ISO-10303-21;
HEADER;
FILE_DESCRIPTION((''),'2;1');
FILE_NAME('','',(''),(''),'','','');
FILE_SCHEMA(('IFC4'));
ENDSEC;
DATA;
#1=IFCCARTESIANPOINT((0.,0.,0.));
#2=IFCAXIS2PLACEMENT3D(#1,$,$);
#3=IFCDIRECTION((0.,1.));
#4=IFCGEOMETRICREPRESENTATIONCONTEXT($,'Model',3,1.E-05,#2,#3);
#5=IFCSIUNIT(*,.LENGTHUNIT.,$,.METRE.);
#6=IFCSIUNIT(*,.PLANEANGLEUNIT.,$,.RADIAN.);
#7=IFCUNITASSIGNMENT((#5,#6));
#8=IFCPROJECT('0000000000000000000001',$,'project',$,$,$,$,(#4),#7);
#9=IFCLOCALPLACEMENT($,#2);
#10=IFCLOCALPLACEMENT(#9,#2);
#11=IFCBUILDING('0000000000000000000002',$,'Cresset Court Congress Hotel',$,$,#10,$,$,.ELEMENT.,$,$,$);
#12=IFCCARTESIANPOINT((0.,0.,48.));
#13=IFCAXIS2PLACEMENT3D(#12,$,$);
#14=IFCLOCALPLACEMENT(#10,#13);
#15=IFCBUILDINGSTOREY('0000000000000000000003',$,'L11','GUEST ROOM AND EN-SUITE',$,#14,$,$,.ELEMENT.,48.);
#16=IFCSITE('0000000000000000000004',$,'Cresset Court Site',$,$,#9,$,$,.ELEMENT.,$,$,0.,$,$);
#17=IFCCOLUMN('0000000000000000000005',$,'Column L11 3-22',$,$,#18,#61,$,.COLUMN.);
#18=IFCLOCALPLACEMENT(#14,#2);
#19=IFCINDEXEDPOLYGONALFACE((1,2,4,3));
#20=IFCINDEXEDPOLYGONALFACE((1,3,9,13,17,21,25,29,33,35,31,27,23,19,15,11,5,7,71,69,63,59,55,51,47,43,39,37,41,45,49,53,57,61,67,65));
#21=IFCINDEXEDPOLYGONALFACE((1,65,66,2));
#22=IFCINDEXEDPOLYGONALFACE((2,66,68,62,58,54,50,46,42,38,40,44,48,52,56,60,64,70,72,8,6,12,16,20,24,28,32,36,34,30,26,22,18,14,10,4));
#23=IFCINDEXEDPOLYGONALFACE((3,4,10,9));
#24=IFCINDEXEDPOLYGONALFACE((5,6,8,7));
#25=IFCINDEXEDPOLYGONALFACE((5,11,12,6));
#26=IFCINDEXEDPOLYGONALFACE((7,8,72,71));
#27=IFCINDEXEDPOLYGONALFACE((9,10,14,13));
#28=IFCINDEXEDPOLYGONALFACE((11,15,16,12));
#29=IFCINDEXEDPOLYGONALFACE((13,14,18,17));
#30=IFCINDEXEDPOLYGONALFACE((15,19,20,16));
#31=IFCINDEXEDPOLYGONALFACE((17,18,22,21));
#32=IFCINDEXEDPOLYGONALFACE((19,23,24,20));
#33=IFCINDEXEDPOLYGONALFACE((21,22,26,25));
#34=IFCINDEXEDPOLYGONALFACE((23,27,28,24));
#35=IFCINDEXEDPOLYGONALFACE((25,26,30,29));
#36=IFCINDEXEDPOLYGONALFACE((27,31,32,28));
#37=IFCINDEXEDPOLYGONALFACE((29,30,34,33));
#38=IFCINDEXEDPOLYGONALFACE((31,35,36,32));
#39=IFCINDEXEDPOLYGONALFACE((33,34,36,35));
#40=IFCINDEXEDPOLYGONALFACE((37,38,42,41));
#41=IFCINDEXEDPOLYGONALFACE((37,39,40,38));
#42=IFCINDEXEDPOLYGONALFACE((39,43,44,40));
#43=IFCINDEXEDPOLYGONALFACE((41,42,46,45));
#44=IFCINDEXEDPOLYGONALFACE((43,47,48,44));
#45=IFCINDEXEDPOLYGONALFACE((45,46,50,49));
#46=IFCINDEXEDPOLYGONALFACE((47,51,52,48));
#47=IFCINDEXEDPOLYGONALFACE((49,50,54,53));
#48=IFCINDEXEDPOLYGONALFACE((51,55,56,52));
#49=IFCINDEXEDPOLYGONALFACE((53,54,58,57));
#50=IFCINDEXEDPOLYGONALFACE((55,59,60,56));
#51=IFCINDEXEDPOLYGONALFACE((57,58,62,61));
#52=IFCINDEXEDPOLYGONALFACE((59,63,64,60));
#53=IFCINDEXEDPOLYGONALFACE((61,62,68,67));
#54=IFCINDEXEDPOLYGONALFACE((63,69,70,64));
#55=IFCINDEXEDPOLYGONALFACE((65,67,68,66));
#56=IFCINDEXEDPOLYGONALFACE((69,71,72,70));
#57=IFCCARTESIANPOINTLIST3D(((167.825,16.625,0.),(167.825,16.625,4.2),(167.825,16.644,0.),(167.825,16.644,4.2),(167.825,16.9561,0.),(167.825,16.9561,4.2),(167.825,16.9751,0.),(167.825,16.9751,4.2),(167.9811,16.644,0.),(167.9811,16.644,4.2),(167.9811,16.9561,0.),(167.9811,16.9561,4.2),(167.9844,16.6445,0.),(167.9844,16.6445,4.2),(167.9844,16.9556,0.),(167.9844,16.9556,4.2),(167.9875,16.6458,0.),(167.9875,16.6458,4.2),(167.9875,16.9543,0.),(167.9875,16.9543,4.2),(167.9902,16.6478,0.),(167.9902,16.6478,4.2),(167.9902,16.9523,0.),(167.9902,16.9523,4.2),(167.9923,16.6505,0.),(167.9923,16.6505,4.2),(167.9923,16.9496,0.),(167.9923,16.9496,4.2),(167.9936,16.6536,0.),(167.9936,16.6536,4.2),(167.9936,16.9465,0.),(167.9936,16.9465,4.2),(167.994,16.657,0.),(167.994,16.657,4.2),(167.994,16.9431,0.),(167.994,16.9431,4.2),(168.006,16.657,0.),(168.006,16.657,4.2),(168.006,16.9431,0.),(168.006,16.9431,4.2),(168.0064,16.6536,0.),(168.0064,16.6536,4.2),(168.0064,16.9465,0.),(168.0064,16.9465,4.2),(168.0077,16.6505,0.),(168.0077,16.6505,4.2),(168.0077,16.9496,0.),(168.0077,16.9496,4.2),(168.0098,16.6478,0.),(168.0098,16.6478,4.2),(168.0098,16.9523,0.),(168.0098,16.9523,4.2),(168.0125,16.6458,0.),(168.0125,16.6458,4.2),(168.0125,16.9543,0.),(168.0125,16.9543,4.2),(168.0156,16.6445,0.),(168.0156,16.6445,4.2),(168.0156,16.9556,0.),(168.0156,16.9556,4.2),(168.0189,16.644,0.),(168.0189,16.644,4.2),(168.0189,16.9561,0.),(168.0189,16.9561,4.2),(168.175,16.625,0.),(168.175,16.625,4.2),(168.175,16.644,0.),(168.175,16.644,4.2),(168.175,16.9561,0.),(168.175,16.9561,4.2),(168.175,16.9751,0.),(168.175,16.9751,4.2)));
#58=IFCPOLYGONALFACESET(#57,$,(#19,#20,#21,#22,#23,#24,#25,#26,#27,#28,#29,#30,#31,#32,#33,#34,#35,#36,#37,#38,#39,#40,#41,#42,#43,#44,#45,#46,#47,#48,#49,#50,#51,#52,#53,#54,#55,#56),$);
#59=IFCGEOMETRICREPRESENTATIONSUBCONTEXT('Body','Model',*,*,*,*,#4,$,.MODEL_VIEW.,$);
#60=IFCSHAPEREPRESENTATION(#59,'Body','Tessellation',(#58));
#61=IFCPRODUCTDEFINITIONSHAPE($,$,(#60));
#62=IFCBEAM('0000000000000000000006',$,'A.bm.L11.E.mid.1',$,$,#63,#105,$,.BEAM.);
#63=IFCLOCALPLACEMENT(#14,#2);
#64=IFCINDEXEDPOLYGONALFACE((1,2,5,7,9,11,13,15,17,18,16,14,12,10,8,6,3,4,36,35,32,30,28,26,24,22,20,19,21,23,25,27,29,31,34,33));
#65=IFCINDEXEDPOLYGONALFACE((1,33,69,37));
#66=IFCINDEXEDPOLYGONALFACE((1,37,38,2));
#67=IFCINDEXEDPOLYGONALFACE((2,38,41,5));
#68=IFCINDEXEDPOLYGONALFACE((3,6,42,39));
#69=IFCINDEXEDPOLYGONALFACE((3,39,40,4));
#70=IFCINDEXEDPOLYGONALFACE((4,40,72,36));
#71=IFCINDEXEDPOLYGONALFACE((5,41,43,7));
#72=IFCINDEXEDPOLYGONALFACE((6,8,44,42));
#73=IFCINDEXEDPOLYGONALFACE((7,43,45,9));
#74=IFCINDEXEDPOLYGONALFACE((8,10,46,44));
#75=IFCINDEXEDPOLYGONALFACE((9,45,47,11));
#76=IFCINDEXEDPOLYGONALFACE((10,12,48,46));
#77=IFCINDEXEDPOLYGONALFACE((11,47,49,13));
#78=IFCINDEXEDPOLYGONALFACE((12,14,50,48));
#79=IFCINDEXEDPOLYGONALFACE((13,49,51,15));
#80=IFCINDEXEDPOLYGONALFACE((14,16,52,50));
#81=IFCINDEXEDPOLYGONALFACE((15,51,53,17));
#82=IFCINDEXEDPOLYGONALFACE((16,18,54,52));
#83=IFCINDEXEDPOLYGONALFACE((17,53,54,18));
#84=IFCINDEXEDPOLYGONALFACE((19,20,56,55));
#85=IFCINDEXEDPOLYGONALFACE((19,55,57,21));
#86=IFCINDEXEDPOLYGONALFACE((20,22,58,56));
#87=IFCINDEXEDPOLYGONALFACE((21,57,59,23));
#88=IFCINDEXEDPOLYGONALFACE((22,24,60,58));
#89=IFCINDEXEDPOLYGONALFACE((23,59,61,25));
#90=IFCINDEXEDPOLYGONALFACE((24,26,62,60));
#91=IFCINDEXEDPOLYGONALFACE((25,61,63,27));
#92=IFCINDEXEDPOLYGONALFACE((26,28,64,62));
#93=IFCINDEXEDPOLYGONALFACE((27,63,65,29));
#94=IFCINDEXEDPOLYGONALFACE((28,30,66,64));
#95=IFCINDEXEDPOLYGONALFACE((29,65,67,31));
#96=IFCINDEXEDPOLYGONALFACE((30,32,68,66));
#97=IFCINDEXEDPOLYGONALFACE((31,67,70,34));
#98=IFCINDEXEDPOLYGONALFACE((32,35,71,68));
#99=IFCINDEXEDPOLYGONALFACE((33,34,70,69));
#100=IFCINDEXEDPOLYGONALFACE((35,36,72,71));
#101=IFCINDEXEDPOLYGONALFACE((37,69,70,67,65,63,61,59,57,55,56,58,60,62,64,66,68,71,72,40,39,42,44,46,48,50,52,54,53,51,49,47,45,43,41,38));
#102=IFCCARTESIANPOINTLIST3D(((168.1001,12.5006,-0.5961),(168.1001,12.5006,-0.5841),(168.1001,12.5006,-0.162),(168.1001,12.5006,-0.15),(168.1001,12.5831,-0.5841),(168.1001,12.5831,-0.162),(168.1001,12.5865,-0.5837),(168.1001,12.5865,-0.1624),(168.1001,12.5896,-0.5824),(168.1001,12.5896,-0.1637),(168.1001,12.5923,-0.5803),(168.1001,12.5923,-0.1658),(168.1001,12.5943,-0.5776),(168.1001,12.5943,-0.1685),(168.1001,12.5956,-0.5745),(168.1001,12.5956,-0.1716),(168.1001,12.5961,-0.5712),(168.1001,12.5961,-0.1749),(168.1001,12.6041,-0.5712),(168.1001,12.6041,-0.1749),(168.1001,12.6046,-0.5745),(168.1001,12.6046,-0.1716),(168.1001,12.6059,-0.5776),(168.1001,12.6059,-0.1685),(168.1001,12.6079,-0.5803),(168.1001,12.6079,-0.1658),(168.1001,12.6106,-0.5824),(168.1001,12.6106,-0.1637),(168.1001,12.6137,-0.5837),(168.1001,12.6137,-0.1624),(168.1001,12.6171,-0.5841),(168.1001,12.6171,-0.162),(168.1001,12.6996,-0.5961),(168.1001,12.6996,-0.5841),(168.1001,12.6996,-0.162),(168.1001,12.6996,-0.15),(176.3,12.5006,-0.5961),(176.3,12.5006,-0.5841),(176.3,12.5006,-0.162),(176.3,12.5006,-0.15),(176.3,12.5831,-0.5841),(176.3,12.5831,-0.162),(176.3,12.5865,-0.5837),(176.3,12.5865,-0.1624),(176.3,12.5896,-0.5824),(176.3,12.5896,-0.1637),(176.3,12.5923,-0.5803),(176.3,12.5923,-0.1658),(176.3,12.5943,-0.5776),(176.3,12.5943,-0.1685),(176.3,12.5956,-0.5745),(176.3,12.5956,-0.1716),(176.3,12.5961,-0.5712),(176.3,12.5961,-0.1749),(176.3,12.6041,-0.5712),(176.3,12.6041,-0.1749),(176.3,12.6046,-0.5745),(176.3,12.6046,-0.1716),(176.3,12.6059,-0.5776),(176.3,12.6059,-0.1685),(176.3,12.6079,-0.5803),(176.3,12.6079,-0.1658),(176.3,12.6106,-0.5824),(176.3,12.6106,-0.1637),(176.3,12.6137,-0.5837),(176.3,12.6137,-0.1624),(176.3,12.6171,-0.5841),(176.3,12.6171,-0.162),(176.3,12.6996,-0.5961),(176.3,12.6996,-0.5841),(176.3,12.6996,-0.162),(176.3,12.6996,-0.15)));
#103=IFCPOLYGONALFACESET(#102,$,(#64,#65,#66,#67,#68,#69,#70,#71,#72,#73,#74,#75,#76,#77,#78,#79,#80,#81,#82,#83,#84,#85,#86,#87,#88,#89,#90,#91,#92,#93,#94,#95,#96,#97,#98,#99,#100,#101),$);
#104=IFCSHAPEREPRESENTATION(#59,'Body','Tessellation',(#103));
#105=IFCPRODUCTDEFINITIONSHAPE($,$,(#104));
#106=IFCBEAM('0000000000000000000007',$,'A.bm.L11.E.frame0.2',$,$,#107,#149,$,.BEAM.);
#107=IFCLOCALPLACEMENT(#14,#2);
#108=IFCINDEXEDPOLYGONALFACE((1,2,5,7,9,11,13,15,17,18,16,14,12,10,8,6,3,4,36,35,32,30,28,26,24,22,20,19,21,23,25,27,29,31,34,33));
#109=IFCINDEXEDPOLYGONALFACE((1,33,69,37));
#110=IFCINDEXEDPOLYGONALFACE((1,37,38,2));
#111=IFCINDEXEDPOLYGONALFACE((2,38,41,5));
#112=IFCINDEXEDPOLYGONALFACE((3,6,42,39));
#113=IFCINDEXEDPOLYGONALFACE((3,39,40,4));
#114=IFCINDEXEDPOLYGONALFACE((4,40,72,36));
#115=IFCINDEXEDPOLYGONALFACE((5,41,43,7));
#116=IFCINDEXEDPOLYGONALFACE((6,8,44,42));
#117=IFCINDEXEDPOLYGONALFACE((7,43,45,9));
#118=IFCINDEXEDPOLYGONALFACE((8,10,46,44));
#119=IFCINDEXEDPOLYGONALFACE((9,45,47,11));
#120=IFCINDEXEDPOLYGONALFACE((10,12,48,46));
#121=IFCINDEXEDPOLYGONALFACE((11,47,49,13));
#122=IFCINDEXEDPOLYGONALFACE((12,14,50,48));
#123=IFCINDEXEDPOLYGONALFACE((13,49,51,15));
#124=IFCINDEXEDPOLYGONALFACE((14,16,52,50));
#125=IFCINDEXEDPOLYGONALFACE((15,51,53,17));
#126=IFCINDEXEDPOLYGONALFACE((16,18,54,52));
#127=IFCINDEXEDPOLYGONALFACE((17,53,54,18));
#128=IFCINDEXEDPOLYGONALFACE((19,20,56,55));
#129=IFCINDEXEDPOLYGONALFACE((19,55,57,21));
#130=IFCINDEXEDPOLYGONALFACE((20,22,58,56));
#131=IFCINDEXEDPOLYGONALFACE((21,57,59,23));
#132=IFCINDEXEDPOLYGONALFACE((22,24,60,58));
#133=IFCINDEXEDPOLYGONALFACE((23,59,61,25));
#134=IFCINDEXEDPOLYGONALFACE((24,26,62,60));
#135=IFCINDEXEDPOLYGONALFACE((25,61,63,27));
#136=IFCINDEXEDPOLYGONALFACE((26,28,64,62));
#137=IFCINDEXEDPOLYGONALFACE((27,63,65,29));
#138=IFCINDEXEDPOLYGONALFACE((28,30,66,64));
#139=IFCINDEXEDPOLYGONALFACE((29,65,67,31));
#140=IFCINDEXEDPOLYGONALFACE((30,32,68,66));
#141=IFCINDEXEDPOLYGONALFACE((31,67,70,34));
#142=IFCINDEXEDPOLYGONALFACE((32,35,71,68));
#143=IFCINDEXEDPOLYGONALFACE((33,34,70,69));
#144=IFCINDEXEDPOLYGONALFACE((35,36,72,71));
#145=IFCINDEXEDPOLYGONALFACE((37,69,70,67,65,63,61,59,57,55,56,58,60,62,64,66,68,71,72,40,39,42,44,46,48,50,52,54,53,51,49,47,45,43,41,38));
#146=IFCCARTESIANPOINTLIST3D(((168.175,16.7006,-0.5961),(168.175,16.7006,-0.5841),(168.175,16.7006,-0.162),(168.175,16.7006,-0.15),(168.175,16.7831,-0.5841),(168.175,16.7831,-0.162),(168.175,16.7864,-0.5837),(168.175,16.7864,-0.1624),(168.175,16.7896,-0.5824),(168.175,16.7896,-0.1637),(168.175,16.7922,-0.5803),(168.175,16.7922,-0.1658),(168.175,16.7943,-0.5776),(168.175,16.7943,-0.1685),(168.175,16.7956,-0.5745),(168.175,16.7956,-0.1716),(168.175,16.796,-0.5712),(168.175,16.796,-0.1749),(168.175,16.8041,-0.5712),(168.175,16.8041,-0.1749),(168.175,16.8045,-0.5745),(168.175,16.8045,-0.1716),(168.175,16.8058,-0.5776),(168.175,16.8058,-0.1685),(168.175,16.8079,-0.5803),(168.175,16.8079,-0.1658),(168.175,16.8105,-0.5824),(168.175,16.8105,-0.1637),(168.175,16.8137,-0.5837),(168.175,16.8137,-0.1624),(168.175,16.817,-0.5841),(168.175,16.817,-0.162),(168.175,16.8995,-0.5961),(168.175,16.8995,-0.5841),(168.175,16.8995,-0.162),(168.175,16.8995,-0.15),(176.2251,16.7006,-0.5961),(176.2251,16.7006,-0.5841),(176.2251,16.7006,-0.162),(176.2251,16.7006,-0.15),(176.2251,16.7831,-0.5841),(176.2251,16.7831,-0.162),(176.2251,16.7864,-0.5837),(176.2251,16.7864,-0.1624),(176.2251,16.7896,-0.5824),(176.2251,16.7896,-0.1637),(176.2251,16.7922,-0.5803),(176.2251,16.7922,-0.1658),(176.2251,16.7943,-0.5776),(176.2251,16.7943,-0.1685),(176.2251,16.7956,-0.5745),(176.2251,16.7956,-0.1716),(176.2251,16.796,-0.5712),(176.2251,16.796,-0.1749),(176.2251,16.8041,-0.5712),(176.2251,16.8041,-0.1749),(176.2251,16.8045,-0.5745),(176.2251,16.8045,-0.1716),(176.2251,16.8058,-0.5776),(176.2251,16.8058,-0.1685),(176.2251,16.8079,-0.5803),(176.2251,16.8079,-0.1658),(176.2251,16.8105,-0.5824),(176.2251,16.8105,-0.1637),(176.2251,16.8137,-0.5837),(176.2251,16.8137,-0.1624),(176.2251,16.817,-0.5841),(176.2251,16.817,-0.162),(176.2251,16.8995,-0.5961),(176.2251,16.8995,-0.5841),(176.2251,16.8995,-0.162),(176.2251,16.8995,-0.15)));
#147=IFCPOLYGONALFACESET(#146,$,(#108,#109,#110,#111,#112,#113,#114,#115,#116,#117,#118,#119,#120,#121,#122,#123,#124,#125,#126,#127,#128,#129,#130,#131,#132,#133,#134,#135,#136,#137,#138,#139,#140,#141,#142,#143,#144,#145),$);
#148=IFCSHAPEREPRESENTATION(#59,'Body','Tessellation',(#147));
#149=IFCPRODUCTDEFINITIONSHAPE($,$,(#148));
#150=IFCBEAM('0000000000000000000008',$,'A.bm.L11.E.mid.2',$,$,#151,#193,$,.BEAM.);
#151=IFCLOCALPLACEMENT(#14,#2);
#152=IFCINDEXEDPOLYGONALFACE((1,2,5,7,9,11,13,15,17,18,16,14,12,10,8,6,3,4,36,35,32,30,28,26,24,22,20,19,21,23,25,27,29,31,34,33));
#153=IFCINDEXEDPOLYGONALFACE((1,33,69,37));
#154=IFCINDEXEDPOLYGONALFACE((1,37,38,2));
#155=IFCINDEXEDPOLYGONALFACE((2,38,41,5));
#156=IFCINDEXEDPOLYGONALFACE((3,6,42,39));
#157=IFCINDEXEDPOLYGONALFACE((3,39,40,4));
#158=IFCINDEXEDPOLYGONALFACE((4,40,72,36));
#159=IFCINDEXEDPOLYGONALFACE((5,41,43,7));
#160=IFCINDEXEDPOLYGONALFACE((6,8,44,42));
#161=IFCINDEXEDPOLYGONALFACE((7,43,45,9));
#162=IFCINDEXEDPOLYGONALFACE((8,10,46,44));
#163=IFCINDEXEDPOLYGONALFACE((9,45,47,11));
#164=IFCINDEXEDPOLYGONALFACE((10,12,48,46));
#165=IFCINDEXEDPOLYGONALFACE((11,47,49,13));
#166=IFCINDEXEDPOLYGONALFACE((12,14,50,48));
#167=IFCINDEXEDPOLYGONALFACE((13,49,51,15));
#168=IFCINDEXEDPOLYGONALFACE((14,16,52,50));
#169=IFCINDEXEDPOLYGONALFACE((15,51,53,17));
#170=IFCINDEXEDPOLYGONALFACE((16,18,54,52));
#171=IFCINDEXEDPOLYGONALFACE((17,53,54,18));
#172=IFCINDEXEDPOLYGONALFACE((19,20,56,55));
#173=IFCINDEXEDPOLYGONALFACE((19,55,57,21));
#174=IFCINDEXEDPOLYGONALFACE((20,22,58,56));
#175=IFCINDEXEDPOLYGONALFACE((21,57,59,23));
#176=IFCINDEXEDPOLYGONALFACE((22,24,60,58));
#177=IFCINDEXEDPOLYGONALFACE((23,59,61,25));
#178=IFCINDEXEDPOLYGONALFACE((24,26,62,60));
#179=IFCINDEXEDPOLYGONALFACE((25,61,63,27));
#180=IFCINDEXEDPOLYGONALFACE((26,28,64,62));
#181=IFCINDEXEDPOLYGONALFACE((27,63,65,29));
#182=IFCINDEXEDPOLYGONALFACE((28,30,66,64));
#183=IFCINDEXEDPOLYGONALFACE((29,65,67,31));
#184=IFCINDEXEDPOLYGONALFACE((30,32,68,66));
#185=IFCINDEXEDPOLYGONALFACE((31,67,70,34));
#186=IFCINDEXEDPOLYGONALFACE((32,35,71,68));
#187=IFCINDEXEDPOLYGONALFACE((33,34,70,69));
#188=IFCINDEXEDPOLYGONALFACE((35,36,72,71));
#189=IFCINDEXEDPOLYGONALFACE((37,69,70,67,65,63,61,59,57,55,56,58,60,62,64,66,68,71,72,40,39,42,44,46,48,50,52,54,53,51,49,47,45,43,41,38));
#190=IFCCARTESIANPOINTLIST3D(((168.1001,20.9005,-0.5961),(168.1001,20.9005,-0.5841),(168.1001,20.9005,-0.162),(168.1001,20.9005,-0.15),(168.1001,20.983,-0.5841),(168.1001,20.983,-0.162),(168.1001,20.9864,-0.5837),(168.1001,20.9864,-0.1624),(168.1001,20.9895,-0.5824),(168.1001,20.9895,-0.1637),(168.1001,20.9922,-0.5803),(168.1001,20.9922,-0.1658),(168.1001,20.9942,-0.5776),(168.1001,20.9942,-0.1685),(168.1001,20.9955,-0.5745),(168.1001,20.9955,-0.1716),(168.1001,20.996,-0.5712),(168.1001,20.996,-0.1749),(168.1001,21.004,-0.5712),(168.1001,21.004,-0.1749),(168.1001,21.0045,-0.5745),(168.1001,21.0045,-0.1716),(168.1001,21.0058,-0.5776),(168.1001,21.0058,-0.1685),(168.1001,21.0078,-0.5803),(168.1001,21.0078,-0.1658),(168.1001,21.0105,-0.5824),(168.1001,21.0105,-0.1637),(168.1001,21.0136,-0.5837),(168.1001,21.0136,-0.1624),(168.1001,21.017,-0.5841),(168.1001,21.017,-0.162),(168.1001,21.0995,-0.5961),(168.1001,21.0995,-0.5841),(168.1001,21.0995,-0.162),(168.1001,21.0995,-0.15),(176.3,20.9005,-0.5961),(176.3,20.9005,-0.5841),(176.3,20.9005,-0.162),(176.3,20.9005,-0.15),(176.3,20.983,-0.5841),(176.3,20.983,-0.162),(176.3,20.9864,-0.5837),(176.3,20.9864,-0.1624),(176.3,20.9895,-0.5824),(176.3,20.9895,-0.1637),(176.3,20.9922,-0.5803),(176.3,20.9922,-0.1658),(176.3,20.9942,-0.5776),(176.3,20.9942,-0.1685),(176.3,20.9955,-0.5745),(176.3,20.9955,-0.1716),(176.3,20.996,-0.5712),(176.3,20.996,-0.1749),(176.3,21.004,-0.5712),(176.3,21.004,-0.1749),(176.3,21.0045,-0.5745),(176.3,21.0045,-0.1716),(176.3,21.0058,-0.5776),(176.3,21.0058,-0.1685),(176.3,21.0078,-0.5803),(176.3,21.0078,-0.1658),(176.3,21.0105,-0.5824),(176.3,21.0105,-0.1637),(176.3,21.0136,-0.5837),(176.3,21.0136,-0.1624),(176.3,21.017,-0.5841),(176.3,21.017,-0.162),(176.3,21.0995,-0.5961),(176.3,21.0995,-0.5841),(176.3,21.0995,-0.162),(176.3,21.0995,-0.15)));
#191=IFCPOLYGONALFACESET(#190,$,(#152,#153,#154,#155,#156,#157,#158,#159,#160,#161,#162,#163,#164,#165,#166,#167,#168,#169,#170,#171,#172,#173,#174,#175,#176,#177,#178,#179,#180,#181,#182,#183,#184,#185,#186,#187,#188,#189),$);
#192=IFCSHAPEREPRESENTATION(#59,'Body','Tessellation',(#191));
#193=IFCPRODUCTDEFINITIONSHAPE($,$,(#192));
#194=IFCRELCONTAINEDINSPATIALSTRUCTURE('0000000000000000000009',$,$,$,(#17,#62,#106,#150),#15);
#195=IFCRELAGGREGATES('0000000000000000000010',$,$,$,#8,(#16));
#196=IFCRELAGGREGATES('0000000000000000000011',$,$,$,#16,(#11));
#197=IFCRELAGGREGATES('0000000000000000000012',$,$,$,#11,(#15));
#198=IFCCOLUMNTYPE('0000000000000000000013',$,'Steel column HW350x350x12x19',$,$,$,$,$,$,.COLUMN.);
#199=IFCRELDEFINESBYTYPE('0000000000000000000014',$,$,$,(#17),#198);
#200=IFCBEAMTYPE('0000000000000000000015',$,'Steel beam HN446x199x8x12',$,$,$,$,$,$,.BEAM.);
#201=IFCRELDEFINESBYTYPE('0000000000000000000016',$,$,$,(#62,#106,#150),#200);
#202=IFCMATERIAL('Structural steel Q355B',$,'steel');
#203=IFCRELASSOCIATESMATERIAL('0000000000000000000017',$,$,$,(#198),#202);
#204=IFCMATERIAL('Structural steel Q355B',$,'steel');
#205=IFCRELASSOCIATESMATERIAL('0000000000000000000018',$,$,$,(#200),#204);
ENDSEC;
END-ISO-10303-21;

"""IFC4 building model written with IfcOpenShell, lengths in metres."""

from ifc_helpers import new_model, si_unit, direction, frame, origin, origin_2d, place, context, subcontext, project, spatial, i_section, extrude, material, material_profile, profile_set, type_object, element, save


model = new_model("IFC4")

# Units and contexts
model_context = context("Model", 3, precision=1e-05, world=origin(), true_north=direction((0.0, 1.0)))
body_context = subcontext(model_context, "Body", "Model", "MODEL_VIEW")
ifc_project = project(units=[si_unit("LENGTHUNIT", "METRE"), si_unit("PLANEANGLEUNIT", "RADIAN")], contexts=[model_context])

# Site, building, storey
site_placement = place(None, origin())
site = spatial("IfcSite", under=ifc_project, at=site_placement, Name="Cresset Court Site", CompositionType="ELEMENT", RefElevation=0.0)
building_placement = place(site_placement, origin())
building = spatial("IfcBuilding", under=site, at=building_placement, Name="Cresset Court Congress Hotel", CompositionType="ELEMENT")
storey_placement = place(building_placement, frame((0.0, 0.0, 48.0)))
storey = spatial("IfcBuildingStorey", under=building, at=storey_placement, Name="L11", Description="GUEST ROOM AND EN-SUITE", CompositionType="ELEMENT", Elevation=48.0)

# Column
ifc_material_1 = material(Name="Structural steel Q355B", Category="steel")
ifc_material_profile_1 = material_profile(ifc_material_1, i_section(OverallWidth=0.3501, OverallDepth=0.3501, WebThickness=0.012, FlangeThickness=0.019, FilletRadius=0.0129, at=origin_2d()), Name="HW350x350x12x19")
ifc_profile_set_1 = profile_set([ifc_material_profile_1], Name="Structural steel Q355B")
column_type = type_object("IfcColumnType", Name="Steel column HW350x350x12x19", PredefinedType="COLUMN", material=ifc_profile_set_1)
column_placement = place(storey_placement, frame((168.0, 16.8, 0.0), z_axis=(0.0, 0.0, 1.0), x_axis=(1.0, 0.0, 0.0)))
element("IfcColumn", 1, at=column_placement, inside=storey, type_object=column_type, Name="Column L11 3-22", PredefinedType="COLUMN", context=body_context, shape_type="SweptSolid", body=[
    extrude(i_section(OverallWidth=0.3501, OverallDepth=0.3501, WebThickness=0.012, FlangeThickness=0.019, FilletRadius=0.0129, at=origin_2d()), origin(), (0.0, 0.0, 1.0), 4.2),
])

# Beams
ifc_material_2 = material(Name="Structural steel Q355B", Category="steel")
ifc_material_profile_2 = material_profile(ifc_material_2, i_section(OverallWidth=0.199, OverallDepth=0.446, WebThickness=0.0081, FlangeThickness=0.012, FilletRadius=0.0129, at=origin_2d()), Name="HN446x199x8x12")
ifc_profile_set_2 = profile_set([ifc_material_profile_2], Name="Structural steel Q355B")
beam_type_1 = type_object("IfcBeamType", Name="Steel beam HN446x199x8x12", PredefinedType="BEAM", material=ifc_profile_set_2)
beam_1_placement = place(storey_placement, frame((168.1001, 12.6001, -0.373), z_axis=(1.0, 0.0, 0.0), x_axis=(0.0, 1.0, 0.0)))
element("IfcBeam", 2, at=beam_1_placement, inside=storey, type_object=beam_type_1, Name="A.bm.L11.E.mid.1", PredefinedType="BEAM", context=body_context, shape_type="SweptSolid", body=[
    extrude(i_section(OverallWidth=0.199, OverallDepth=0.446, WebThickness=0.0081, FlangeThickness=0.012, FilletRadius=0.0129, at=origin_2d()), origin(), (0.0, 0.0, 1.0), 8.2),
])
beam_2_placement = place(storey_placement, frame((168.175, 16.8, -0.373), z_axis=(1.0, 0.0, 0.0), x_axis=(0.0, 1.0, 0.0)))
element("IfcBeam", 3, at=beam_2_placement, inside=storey, type_object=beam_type_1, Name="A.bm.L11.E.frame0.2", PredefinedType="BEAM", context=body_context, shape_type="SweptSolid", body=[
    extrude(i_section(OverallWidth=0.199, OverallDepth=0.446, WebThickness=0.0081, FlangeThickness=0.012, FilletRadius=0.0129, at=origin_2d()), origin(), (0.0, 0.0, 1.0), 8.05),
])
beam_3_placement = place(storey_placement, frame((168.1001, 21.0, -0.373), z_axis=(1.0, 0.0, 0.0), x_axis=(0.0, 1.0, 0.0)))
element("IfcBeam", 4, at=beam_3_placement, inside=storey, type_object=beam_type_1, Name="A.bm.L11.E.mid.2", PredefinedType="BEAM", context=body_context, shape_type="SweptSolid", body=[
    extrude(i_section(OverallWidth=0.199, OverallDepth=0.446, WebThickness=0.0081, FlangeThickness=0.012, FilletRadius=0.0129, at=origin_2d()), origin(), (0.0, 0.0, 1.0), 8.2),
])

save(model, "model.ifc")
